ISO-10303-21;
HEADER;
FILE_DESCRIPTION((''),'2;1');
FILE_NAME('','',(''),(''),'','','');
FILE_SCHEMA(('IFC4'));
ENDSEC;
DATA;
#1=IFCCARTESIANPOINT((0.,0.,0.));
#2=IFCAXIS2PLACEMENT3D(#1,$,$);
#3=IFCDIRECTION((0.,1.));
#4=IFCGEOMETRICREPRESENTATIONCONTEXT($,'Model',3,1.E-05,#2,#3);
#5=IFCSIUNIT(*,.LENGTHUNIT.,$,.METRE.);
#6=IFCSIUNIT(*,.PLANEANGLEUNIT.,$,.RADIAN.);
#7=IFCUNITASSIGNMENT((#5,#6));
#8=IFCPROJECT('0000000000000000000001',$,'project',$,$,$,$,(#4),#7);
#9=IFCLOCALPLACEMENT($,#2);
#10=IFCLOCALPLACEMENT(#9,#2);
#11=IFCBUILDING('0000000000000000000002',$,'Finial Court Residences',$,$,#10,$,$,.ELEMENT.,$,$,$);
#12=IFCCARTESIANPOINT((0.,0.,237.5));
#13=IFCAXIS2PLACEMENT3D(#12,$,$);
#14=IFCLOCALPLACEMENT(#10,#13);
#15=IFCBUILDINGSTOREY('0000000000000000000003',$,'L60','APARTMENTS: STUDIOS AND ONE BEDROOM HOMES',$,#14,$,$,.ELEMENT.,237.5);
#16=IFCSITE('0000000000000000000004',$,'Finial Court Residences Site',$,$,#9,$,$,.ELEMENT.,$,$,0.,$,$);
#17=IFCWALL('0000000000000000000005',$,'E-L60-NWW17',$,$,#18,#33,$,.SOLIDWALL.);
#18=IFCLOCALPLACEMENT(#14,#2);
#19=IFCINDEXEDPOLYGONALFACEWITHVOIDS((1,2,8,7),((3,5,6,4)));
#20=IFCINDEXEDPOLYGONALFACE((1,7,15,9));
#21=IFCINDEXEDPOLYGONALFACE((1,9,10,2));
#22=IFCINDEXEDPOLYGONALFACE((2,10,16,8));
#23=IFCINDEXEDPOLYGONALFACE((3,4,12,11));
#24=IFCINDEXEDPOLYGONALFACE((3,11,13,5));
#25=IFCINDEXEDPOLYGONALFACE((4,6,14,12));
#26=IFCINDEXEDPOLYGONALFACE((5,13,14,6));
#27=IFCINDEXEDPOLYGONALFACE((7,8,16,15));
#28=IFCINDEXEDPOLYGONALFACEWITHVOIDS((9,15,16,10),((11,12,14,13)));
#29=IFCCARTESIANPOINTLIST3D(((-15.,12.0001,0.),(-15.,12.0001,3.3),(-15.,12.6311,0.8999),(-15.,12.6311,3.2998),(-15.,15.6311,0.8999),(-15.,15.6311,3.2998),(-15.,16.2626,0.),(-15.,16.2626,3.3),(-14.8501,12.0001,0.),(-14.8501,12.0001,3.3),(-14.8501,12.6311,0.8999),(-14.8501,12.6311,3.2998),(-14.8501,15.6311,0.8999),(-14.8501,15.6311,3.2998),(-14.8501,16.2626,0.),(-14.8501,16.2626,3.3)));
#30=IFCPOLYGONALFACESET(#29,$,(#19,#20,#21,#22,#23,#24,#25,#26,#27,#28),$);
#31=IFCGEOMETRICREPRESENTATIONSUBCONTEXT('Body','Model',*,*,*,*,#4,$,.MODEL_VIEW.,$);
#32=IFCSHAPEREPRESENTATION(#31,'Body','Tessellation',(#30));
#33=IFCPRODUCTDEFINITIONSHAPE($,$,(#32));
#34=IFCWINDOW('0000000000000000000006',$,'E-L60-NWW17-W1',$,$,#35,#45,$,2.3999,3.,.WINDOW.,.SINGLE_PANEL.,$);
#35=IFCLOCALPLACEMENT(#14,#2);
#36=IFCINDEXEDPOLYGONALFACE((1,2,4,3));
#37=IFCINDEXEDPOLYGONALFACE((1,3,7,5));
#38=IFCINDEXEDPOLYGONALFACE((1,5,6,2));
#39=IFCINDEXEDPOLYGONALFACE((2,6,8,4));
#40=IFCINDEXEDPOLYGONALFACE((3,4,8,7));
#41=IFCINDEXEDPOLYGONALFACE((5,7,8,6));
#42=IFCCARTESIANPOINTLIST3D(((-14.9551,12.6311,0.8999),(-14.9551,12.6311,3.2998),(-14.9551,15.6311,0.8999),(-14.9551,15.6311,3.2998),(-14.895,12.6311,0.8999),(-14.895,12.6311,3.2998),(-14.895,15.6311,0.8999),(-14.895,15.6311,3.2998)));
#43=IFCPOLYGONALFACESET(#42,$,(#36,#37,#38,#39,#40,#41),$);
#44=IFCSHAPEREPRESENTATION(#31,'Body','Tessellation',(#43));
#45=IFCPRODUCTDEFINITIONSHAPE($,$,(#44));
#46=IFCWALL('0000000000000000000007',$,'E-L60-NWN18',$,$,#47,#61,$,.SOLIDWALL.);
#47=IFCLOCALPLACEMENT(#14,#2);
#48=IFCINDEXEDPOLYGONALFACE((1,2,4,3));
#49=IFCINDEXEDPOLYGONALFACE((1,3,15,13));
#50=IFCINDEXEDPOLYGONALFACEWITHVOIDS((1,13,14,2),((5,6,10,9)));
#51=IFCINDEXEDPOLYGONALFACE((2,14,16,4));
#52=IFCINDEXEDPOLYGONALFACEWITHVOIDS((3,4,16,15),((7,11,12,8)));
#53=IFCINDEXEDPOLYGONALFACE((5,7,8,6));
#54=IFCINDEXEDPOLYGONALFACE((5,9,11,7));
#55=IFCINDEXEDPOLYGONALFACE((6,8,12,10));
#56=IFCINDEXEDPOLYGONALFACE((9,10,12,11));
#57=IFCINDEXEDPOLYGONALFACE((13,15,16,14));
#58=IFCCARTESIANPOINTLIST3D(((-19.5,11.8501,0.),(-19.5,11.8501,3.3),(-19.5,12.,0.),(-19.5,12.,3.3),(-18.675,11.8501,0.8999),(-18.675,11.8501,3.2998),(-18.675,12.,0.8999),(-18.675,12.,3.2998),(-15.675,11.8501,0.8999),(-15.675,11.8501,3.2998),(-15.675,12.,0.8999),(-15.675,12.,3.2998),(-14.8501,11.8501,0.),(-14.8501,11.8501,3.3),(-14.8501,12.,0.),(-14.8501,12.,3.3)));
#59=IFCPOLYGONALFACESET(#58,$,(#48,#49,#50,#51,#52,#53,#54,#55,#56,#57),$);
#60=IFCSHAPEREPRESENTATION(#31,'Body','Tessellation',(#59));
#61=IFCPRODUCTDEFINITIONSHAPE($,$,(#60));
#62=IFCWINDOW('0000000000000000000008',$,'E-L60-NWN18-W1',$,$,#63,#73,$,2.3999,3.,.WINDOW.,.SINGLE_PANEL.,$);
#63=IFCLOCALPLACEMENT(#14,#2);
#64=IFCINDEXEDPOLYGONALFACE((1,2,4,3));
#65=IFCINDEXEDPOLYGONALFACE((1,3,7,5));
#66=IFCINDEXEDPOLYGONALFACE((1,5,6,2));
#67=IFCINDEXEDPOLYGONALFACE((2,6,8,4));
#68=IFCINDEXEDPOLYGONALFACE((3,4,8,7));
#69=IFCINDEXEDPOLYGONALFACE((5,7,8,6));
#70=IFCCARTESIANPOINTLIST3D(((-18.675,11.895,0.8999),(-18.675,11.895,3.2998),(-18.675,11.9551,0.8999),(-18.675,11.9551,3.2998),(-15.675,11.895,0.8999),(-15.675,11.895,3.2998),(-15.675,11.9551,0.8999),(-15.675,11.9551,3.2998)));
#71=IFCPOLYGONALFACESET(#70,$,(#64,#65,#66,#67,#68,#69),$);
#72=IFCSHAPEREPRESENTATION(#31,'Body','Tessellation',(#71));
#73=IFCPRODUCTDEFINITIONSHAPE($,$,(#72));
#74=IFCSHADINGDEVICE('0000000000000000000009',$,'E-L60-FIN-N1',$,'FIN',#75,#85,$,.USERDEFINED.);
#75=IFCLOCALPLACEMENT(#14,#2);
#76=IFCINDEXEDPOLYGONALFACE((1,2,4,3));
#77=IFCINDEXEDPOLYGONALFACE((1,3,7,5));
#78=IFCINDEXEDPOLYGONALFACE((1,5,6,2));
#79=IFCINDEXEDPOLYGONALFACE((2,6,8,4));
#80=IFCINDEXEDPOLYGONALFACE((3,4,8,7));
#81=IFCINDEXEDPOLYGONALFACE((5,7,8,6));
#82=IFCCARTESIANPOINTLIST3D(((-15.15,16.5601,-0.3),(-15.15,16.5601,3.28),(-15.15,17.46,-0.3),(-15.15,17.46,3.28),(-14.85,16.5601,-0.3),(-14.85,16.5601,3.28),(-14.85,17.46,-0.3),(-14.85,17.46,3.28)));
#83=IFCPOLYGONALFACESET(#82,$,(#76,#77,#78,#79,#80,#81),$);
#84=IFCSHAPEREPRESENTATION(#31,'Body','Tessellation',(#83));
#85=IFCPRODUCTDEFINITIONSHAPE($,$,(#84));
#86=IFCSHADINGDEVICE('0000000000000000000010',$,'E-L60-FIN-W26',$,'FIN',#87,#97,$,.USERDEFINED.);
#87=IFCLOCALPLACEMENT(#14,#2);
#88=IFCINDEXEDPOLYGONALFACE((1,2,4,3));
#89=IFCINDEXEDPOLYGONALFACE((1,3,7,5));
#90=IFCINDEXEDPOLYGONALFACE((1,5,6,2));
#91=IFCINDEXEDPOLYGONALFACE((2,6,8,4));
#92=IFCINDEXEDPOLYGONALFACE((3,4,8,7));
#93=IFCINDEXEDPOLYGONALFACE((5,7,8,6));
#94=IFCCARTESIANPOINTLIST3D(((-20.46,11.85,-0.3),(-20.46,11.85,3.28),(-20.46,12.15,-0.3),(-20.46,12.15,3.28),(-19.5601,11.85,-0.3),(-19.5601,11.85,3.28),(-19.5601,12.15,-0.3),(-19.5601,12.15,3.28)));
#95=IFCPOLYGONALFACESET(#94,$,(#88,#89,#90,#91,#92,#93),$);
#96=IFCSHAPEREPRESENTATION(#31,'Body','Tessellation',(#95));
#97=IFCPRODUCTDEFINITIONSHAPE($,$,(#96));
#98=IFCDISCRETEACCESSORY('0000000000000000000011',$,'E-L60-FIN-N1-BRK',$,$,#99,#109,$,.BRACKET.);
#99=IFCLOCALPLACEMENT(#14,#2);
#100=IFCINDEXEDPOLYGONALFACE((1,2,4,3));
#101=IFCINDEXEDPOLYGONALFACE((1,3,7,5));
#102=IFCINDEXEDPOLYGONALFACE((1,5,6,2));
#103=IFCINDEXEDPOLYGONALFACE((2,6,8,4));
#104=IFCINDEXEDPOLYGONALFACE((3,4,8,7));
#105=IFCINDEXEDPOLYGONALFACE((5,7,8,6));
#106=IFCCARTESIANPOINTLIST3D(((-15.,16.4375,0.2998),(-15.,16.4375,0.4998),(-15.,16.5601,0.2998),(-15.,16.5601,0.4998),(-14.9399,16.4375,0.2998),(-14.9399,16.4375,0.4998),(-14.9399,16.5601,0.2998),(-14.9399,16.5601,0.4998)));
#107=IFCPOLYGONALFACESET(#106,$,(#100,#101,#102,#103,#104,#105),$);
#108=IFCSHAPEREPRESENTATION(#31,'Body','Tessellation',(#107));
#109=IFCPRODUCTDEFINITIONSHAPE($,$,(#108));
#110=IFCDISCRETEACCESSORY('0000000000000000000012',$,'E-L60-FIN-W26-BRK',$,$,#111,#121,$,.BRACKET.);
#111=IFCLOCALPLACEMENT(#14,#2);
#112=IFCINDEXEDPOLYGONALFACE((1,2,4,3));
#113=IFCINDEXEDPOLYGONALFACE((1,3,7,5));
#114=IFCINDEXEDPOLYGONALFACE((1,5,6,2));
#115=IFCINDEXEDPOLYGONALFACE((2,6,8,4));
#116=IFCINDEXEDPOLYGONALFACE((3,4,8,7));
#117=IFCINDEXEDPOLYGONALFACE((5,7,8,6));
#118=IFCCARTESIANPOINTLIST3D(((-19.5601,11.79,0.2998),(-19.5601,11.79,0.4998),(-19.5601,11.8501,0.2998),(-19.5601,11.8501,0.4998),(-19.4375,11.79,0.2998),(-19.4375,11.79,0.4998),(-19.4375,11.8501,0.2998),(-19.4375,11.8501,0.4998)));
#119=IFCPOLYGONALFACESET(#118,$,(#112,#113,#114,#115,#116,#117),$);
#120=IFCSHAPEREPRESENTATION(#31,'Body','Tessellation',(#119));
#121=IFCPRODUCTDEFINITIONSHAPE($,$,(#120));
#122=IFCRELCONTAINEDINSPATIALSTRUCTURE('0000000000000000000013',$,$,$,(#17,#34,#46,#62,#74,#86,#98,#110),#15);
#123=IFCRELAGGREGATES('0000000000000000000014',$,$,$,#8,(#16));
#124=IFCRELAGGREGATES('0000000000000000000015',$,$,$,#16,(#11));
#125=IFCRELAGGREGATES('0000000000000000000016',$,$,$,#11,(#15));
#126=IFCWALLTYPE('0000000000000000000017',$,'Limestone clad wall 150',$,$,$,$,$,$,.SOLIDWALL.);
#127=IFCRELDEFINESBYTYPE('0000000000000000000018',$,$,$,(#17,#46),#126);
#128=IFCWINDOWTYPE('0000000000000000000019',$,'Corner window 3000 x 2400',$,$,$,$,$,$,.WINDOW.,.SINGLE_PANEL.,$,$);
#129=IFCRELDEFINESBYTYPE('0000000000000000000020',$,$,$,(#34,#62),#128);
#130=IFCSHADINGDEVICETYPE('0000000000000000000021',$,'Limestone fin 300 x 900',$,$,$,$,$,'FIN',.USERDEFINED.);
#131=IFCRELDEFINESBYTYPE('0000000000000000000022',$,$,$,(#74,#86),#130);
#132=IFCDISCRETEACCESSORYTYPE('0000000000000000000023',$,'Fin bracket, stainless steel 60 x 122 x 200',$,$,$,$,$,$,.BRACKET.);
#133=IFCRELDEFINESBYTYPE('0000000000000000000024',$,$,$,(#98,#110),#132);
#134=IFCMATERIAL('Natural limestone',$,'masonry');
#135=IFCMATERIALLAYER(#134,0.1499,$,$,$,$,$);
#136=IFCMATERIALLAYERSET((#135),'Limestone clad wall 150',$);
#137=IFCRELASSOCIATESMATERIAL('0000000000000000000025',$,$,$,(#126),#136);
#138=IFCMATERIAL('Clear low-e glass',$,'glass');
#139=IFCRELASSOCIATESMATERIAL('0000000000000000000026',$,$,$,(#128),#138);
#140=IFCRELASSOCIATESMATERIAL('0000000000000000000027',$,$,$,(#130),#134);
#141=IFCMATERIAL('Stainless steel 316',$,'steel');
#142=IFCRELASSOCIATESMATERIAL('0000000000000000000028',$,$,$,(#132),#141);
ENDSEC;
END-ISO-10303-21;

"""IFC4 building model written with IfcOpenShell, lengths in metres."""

from ifc_helpers import new_model, si_unit, direction, frame, frame_2d, origin, origin_2d, place, context, subcontext, project, spatial, rectangle, extrude, material, layer, layer_set, type_object, element, fill, save


model = new_model("IFC4")

# Units and contexts
model_context = context("Model", 3, precision=1e-05, world=origin(), true_north=direction((0.0, 1.0)))
body_context = subcontext(model_context, "Body", "Model", "MODEL_VIEW")
ifc_project = project(units=[si_unit("LENGTHUNIT", "METRE"), si_unit("PLANEANGLEUNIT", "RADIAN")], contexts=[model_context])

# Site, building, storey
site_placement = place(None, origin())
site = spatial("IfcSite", under=ifc_project, at=site_placement, Name="Finial Court Residences Site", CompositionType="ELEMENT", RefElevation=0.0)
building_placement = place(site_placement, origin())
building = spatial("IfcBuilding", under=site, at=building_placement, Name="Finial Court Residences", CompositionType="ELEMENT")
storey_placement = place(building_placement, frame((0.0, 0.0, 237.5)))
storey = spatial("IfcBuildingStorey", under=building, at=storey_placement, Name="L60", Description="APARTMENTS: STUDIOS AND ONE BEDROOM HOMES", CompositionType="ELEMENT", Elevation=237.5)

# Shared definitions
ifc_material_1 = material(Name="Clear low-e glass", Category="glass")

# Walls, openings, windows
ifc_material_2 = material(Name="Natural limestone", Category="masonry")
ifc_layer_1 = layer(ifc_material_2, 0.1499)
ifc_layer_set_1 = layer_set([ifc_layer_1], Name="Limestone clad wall 150")
wall_type_1 = type_object("IfcWallType", Name="Limestone clad wall 150", PredefinedType="SOLIDWALL", material=ifc_layer_set_1)
wall_1_placement = place(storey_placement, frame((-14.925, 12.0, 0.0), z_axis=(0.0, 0.0, 1.0), x_axis=(0.0, 1.0, 0.0)))
wall_1 = element("IfcWall", 1, at=wall_1_placement, inside=storey, type_object=wall_type_1, Name="E-L60-NWW17", PredefinedType="SOLIDWALL", context=body_context, shape_type="SweptSolid", body=[
    extrude(rectangle(XDim=4.2625, YDim=0.1499, at=frame_2d((2.1313, 0.0))), origin(), (0.0, 0.0, 1.0), 3.3),
])
opening_1_placement = place(wall_1_placement, frame((0.6311, 0.0, 0.8999)))
opening_1 = element("IfcOpeningElement", 2, at=opening_1_placement, cuts=wall_1, PredefinedType="OPENING", context=body_context, shape_type="SweptSolid", body=[
    extrude(rectangle(XDim=3.0, YDim=2.3999, at=frame_2d((1.5, 1.2))), frame((0.0, 0.085, 0.0), z_axis=(0.0, -1.0, 0.0), x_axis=(1.0, 0.0, 0.0)), (0.0, 0.0, 1.0), 0.1699),
])
window_type = type_object("IfcWindowType", Name="Corner window 3000 x 2400", PartitioningType="SINGLE_PANEL", PredefinedType="WINDOW", material=ifc_material_1)
window_1_placement = place(opening_1_placement, origin())
window_1 = element("IfcWindow", 3, at=window_1_placement, inside=storey, type_object=window_type, Name="E-L60-NWW17-W1", OverallHeight=2.3999, OverallWidth=3.0, PartitioningType="SINGLE_PANEL", PredefinedType="WINDOW", context=body_context, shape_type="SweptSolid", body=[
    extrude(rectangle(XDim=3.0, YDim=2.3999, at=frame_2d((1.5, 1.2))), frame((0.0, 0.03, 0.0), z_axis=(0.0, -1.0, 0.0), x_axis=(1.0, 0.0, 0.0)), (0.0, 0.0, 1.0), 0.0601),
])
fill(opening_1, window_1)
wall_2_placement = place(storey_placement, frame((-19.5, 11.925, 0.0), z_axis=(0.0, 0.0, 1.0), x_axis=(1.0, 0.0, 0.0)))
wall_2 = element("IfcWall", 4, at=wall_2_placement, inside=storey, type_object=wall_type_1, Name="E-L60-NWN18", PredefinedType="SOLIDWALL", context=body_context, shape_type="SweptSolid", body=[
    extrude(rectangle(XDim=4.6499, YDim=0.1499, at=frame_2d((2.325, 0.0))), origin(), (0.0, 0.0, 1.0), 3.3),
])
opening_2_placement = place(wall_2_placement, frame((0.825, 0.0, 0.8999)))
opening_2 = element("IfcOpeningElement", 5, at=opening_2_placement, cuts=wall_2, PredefinedType="OPENING", context=body_context, shape_type="SweptSolid", body=[
    extrude(rectangle(XDim=3.0, YDim=2.3999, at=frame_2d((1.5, 1.2))), frame((0.0, 0.085, 0.0), z_axis=(0.0, -1.0, 0.0), x_axis=(1.0, 0.0, 0.0)), (0.0, 0.0, 1.0), 0.1699),
])
window_2_placement = place(opening_2_placement, origin())
window_2 = element("IfcWindow", 6, at=window_2_placement, inside=storey, type_object=window_type, Name="E-L60-NWN18-W1", OverallHeight=2.3999, OverallWidth=3.0, PartitioningType="SINGLE_PANEL", PredefinedType="WINDOW", context=body_context, shape_type="SweptSolid", body=[
    extrude(rectangle(XDim=3.0, YDim=2.3999, at=frame_2d((1.5, 1.2))), frame((0.0, 0.03, 0.0), z_axis=(0.0, -1.0, 0.0), x_axis=(1.0, 0.0, 0.0)), (0.0, 0.0, 1.0), 0.0601),
])
fill(opening_2, window_2)

# Shading devices
shading_device_type = type_object("IfcShadingDeviceType", Name="Limestone fin 300 x 900", ElementType="FIN", PredefinedType="USERDEFINED", material=ifc_material_2)
shading_device_1_placement = place(storey_placement, frame((-15.0, 17.01, -0.3), z_axis=(0.0, 0.0, 1.0), x_axis=(1.0, 0.0, 0.0)))
element("IfcShadingDevice", 7, at=shading_device_1_placement, inside=storey, type_object=shading_device_type, Name="E-L60-FIN-N1", ObjectType="FIN", PredefinedType="USERDEFINED", context=body_context, shape_type="SweptSolid", body=[
    extrude(rectangle(XDim=0.3, YDim=0.8999, at=origin_2d()), origin(), (0.0, 0.0, 1.0), 3.5801),
])
shading_device_2_placement = place(storey_placement, frame((-20.01, 12.0, -0.3), z_axis=(0.0, 0.0, 1.0), x_axis=(1.0, 0.0, 0.0)))
element("IfcShadingDevice", 8, at=shading_device_2_placement, inside=storey, type_object=shading_device_type, Name="E-L60-FIN-W26", ObjectType="FIN", PredefinedType="USERDEFINED", context=body_context, shape_type="SweptSolid", body=[
    extrude(rectangle(XDim=0.8999, YDim=0.3, at=origin_2d()), origin(), (0.0, 0.0, 1.0), 3.5801),
])

# Discrete accessories
ifc_material_3 = material(Name="Stainless steel 316", Category="steel")
discrete_accessory_type = type_object("IfcDiscreteAccessoryType", Name="Fin bracket, stainless steel 60 x 122 x 200", PredefinedType="BRACKET", material=ifc_material_3)
discrete_accessory_1_placement = place(storey_placement, frame((-14.97, 16.4988, 0.2998), z_axis=(0.0, 0.0, 1.0), x_axis=(1.0, 0.0, 0.0)))
element("IfcDiscreteAccessory", 9, at=discrete_accessory_1_placement, inside=storey, type_object=discrete_accessory_type, Name="E-L60-FIN-N1-BRK", PredefinedType="BRACKET", context=body_context, shape_type="SweptSolid", body=[
    extrude(rectangle(XDim=0.0601, YDim=0.1226, at=origin_2d()), origin(), (0.0, 0.0, 1.0), 0.2),
])
discrete_accessory_2_placement = place(storey_placement, frame((-19.4988, 11.8201, 0.2998), z_axis=(0.0, 0.0, 1.0), x_axis=(1.0, 0.0, 0.0)))
element("IfcDiscreteAccessory", 10, at=discrete_accessory_2_placement, inside=storey, type_object=discrete_accessory_type, Name="E-L60-FIN-W26-BRK", PredefinedType="BRACKET", context=body_context, shape_type="SweptSolid", body=[
    extrude(rectangle(XDim=0.1226, YDim=0.0601, at=origin_2d()), origin(), (0.0, 0.0, 1.0), 0.2),
])

save(model, "model.ifc")
